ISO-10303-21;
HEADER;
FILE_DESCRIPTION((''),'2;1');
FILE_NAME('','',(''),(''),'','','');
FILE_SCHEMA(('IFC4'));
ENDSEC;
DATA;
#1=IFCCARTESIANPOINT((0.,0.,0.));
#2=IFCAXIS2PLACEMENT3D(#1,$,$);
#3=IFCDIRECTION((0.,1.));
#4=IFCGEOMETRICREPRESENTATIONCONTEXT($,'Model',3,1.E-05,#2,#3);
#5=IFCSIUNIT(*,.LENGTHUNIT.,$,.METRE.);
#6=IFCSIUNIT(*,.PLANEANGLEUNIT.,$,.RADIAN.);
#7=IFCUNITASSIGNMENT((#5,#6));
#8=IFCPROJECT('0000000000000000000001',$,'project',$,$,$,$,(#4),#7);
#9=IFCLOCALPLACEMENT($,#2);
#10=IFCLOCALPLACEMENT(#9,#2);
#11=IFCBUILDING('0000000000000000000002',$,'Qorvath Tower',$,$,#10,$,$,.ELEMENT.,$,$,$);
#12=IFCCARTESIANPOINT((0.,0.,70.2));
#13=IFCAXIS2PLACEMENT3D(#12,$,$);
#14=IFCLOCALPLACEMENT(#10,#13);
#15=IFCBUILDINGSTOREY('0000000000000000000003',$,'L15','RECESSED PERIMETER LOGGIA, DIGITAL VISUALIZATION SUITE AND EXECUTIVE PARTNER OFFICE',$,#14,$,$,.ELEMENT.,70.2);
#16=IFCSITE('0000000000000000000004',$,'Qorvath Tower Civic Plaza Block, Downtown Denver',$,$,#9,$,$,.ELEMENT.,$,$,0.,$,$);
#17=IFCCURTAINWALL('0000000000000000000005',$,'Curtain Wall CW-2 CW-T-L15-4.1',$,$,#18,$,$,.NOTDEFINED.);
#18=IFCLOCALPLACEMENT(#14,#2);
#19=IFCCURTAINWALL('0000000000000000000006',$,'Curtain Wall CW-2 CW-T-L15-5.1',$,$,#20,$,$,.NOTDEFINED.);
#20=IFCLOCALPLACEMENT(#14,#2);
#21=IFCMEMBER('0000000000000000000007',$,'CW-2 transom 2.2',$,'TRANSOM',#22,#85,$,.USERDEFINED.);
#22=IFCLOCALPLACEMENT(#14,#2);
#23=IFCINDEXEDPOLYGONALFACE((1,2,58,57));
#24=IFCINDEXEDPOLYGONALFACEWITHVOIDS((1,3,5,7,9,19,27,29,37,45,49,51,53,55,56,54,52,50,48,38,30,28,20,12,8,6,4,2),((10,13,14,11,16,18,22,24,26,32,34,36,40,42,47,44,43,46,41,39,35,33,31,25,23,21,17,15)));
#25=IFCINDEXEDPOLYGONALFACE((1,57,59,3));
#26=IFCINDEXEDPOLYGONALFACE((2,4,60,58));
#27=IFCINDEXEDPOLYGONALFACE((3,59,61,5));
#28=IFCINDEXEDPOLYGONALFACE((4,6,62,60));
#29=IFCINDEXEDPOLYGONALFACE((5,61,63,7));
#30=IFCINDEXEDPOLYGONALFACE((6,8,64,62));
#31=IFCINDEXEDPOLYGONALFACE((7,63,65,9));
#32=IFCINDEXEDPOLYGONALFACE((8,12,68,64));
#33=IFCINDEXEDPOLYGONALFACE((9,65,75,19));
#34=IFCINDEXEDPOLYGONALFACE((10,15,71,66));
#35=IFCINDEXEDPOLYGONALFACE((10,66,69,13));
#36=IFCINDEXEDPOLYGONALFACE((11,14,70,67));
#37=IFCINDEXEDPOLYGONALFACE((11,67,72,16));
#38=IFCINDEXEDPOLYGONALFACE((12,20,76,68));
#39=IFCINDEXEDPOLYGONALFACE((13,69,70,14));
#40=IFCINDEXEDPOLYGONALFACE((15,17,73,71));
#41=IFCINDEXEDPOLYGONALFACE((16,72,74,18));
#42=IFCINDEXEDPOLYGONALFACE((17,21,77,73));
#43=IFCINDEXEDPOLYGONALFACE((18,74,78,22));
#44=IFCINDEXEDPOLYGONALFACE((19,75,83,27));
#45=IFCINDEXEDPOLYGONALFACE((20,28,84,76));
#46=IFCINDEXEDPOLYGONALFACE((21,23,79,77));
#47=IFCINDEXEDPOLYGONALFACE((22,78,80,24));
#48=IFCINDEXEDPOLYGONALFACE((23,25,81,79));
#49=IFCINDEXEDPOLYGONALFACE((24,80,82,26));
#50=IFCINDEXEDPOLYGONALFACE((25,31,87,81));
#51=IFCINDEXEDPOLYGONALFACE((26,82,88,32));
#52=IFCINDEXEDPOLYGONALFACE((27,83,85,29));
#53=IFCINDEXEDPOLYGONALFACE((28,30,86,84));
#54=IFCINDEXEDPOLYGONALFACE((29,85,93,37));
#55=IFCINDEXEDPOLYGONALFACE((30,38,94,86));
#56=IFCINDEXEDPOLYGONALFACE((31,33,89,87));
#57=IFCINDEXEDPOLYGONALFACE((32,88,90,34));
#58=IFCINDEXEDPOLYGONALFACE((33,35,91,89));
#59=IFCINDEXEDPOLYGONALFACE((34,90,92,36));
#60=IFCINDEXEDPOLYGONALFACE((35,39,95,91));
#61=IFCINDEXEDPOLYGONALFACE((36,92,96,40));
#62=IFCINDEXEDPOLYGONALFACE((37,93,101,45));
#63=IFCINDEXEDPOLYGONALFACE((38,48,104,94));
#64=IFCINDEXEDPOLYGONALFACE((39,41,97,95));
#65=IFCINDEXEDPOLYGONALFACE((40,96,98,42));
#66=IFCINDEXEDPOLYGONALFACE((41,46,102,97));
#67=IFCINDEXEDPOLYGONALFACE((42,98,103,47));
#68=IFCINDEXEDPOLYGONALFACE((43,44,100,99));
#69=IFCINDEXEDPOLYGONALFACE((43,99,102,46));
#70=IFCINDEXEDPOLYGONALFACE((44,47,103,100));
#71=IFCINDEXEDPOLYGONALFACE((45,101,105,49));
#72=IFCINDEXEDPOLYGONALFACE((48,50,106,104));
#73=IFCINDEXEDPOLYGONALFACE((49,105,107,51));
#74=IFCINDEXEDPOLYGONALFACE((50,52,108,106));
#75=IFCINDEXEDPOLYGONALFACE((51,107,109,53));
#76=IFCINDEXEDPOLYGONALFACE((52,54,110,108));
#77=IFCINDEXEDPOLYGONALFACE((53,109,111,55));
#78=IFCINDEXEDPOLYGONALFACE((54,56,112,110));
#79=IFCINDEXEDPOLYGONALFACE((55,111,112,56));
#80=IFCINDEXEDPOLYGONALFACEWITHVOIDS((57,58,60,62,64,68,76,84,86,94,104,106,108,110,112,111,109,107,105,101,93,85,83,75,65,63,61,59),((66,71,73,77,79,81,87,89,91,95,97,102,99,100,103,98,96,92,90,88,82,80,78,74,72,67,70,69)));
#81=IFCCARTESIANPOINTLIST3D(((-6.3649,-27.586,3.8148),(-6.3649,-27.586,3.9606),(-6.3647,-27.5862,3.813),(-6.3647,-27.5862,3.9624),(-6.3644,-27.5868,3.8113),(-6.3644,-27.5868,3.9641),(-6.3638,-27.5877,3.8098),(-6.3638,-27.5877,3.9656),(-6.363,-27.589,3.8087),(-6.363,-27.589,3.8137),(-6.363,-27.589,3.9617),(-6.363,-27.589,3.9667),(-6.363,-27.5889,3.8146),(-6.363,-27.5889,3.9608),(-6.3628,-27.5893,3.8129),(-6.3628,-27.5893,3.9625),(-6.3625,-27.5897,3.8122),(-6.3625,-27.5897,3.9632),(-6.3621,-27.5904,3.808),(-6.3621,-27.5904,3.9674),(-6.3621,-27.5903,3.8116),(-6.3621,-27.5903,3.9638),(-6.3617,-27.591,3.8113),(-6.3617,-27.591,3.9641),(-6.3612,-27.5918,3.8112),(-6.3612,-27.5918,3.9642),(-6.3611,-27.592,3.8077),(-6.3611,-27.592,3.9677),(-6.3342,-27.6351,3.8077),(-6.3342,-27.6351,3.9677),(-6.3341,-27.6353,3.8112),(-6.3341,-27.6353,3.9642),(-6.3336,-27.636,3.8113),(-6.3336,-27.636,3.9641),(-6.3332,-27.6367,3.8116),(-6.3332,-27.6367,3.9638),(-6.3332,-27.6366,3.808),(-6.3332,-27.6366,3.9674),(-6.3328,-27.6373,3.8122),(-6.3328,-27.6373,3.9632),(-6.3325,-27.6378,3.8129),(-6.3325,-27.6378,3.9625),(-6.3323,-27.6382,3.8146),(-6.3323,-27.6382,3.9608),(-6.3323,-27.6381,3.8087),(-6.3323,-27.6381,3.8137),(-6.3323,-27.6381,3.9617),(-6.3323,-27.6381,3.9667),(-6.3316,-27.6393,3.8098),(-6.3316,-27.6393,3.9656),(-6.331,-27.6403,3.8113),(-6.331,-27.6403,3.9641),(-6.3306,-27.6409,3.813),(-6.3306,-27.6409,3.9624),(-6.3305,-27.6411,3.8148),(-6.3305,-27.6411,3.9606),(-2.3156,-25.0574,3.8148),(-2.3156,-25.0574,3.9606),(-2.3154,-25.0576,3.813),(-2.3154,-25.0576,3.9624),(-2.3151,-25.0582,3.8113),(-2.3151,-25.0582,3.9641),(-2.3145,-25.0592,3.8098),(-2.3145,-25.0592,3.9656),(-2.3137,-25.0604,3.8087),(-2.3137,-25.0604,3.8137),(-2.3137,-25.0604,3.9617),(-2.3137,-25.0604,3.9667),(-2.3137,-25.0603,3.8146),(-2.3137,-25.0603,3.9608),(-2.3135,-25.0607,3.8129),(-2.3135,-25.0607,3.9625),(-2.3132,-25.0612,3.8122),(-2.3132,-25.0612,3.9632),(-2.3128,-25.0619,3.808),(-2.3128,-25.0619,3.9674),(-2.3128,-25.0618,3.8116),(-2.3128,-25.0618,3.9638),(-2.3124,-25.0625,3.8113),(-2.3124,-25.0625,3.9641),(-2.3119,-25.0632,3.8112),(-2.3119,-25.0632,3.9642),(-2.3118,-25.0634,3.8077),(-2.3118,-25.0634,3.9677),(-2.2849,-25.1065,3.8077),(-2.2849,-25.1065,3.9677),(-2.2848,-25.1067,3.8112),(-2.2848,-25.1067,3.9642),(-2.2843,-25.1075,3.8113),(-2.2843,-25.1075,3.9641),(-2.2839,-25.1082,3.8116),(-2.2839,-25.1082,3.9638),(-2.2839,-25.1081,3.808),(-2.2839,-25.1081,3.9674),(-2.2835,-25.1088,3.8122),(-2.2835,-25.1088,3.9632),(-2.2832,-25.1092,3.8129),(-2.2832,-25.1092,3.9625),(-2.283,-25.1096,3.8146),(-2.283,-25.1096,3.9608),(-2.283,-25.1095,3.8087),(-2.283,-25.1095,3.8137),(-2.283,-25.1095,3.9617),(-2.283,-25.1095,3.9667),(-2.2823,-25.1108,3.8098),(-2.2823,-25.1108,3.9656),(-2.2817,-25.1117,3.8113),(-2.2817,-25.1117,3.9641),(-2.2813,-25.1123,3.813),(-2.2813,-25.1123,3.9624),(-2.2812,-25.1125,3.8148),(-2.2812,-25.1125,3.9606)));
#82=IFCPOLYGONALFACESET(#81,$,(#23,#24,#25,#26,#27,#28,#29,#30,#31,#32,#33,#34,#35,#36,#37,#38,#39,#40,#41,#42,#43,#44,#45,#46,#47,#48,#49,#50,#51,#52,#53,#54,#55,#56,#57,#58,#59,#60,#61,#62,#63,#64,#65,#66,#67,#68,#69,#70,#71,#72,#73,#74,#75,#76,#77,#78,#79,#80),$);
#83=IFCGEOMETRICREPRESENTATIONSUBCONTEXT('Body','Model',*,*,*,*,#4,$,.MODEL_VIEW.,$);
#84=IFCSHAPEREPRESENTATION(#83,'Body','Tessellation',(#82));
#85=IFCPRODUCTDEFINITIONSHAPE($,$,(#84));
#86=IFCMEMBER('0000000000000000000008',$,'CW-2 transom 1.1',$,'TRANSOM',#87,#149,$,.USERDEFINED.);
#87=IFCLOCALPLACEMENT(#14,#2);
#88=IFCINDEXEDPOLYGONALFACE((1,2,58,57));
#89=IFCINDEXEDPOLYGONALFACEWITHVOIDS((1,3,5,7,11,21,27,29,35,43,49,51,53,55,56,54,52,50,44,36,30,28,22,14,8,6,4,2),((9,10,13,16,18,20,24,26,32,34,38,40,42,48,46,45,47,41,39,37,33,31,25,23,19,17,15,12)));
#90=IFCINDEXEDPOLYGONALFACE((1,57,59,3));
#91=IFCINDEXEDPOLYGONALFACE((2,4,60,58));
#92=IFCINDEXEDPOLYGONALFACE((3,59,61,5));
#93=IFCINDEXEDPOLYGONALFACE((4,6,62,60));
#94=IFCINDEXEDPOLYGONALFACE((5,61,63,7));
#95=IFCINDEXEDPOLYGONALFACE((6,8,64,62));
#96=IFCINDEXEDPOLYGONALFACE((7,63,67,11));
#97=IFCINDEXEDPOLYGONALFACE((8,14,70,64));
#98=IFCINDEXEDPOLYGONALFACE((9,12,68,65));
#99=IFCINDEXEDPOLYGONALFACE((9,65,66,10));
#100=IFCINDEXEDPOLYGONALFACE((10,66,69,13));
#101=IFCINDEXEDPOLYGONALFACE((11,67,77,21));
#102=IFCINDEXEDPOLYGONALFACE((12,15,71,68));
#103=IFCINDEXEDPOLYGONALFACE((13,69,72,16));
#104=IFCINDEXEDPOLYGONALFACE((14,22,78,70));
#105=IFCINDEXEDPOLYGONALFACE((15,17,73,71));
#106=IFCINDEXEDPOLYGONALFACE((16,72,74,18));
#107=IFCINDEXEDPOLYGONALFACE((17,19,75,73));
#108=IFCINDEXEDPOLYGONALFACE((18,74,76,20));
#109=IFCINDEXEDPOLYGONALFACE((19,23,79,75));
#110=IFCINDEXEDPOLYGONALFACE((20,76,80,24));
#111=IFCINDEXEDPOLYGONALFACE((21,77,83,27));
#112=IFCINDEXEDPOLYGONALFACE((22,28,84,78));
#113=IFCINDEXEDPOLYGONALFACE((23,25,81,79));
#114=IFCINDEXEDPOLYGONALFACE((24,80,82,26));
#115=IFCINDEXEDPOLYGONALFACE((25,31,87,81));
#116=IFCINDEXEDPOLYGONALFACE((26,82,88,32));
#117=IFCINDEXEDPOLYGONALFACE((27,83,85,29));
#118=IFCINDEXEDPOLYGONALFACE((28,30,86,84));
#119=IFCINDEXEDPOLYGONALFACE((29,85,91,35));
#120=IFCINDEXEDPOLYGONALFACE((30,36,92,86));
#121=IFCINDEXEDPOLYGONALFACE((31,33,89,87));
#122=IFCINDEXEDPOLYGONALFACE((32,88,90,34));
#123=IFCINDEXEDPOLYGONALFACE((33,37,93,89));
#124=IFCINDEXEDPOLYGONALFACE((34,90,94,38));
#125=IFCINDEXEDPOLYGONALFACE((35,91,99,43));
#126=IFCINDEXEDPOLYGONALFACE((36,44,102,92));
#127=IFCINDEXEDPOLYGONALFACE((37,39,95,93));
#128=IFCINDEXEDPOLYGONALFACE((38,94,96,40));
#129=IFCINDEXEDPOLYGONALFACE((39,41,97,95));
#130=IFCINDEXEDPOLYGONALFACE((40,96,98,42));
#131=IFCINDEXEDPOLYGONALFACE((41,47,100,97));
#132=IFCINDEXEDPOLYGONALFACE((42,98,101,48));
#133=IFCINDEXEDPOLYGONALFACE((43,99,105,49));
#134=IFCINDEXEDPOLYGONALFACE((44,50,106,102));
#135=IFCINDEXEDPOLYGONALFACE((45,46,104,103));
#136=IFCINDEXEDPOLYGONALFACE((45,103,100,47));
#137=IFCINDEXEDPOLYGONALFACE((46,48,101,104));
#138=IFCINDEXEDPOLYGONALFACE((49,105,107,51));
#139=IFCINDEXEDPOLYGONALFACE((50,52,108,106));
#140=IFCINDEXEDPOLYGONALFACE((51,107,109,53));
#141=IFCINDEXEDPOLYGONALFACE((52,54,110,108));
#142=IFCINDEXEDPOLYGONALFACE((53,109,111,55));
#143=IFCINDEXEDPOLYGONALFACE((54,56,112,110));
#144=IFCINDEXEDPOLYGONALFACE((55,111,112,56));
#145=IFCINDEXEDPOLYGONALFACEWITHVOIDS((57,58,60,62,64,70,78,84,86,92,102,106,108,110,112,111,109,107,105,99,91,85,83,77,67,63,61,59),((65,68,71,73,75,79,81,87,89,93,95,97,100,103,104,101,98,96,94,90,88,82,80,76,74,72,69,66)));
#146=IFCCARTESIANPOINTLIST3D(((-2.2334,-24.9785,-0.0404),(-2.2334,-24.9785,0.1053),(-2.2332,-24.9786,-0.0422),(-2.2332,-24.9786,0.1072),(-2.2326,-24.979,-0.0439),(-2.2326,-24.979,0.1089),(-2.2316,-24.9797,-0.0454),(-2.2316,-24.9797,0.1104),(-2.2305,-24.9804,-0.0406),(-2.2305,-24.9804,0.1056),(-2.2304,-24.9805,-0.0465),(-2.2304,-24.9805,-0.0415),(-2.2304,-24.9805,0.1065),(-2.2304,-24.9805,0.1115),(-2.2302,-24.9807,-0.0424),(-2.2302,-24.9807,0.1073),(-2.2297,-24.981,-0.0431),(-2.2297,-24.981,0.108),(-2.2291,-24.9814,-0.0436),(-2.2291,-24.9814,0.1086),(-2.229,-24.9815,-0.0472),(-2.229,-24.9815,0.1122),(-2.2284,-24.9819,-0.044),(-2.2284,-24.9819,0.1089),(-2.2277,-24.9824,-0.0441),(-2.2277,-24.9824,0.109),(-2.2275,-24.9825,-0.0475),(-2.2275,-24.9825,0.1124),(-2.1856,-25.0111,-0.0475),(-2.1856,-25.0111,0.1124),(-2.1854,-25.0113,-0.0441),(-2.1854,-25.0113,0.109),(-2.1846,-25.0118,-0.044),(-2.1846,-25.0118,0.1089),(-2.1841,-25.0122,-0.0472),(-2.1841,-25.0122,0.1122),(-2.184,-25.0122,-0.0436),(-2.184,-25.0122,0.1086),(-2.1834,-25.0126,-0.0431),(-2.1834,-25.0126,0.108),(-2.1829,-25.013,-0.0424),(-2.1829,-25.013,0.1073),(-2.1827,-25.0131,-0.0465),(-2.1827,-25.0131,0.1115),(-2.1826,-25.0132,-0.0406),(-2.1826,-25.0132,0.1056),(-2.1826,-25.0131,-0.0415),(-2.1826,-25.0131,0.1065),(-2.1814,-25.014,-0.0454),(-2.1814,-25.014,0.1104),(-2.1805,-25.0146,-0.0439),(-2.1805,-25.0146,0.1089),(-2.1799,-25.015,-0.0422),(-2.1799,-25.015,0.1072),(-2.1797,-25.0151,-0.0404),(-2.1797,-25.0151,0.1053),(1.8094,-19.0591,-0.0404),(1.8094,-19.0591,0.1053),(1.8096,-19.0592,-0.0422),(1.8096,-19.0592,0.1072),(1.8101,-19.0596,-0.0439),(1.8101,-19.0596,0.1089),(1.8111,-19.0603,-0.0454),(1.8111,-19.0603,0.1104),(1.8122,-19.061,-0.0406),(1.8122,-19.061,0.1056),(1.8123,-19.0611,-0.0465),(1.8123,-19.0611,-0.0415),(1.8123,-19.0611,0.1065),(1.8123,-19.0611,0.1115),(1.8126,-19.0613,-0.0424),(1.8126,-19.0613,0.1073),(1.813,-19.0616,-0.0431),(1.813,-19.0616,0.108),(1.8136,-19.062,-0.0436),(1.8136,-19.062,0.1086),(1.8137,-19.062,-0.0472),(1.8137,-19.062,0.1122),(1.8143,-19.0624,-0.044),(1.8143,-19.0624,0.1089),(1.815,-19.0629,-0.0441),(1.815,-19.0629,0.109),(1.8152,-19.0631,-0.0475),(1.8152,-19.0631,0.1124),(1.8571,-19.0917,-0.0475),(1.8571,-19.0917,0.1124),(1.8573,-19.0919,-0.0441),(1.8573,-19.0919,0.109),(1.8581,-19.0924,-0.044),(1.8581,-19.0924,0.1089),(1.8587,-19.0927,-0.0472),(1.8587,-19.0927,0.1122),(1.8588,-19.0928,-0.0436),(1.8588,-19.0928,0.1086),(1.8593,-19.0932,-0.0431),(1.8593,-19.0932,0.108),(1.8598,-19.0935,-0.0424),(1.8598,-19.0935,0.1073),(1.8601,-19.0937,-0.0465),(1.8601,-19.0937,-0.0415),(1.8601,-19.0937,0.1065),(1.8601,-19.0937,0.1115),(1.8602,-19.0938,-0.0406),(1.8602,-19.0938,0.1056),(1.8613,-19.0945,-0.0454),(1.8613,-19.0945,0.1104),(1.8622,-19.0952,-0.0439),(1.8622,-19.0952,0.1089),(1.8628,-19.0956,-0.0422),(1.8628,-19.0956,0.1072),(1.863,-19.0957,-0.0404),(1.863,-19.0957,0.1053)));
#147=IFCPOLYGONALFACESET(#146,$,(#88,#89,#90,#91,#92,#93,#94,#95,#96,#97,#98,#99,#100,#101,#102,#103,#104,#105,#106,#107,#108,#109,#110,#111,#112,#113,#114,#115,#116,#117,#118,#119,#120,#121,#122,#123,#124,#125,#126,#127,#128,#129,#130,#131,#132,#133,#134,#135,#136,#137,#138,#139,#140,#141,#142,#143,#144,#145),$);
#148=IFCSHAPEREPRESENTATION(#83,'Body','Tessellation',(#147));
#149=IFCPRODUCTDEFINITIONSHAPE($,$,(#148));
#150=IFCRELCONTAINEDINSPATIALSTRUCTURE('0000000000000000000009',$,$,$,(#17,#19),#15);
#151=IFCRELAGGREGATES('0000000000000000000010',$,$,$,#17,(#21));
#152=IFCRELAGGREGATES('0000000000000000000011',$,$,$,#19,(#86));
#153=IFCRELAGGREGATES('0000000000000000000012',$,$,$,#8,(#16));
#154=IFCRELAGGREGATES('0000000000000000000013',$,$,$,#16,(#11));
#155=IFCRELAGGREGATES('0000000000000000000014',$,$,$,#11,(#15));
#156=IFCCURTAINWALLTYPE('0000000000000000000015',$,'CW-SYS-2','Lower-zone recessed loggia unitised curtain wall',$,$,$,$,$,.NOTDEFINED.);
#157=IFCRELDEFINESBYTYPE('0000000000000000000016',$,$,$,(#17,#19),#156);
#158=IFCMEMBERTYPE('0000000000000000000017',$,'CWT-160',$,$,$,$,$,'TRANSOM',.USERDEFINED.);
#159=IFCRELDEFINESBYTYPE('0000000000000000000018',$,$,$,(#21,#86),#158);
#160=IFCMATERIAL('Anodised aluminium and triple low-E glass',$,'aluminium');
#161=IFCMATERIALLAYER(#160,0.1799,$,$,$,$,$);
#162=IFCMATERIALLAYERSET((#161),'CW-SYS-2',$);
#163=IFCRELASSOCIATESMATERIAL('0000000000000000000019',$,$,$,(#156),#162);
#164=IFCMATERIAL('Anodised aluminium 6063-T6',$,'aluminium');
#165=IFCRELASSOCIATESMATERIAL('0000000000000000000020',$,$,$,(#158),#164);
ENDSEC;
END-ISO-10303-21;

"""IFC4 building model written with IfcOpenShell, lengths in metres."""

from ifc_helpers import new_model, si_unit, direction, frame, origin, origin_2d, place, context, subcontext, project, spatial, hollow_rectangle, extrude, material, layer, layer_set, material_profile, profile_set, type_object, element, aggregate, save


model = new_model("IFC4")

# Units and contexts
model_context = context("Model", 3, precision=1e-05, world=origin(), true_north=direction((0.0, 1.0)))
body_context = subcontext(model_context, "Body", "Model", "MODEL_VIEW")
ifc_project = project(units=[si_unit("LENGTHUNIT", "METRE"), si_unit("PLANEANGLEUNIT", "RADIAN")], contexts=[model_context])

# Site, building, storey
site_placement = place(None, origin())
site = spatial("IfcSite", under=ifc_project, at=site_placement, Name="Qorvath Tower Civic Plaza Block, Downtown Denver", CompositionType="ELEMENT", RefElevation=0.0)
building_placement = place(site_placement, origin())
building = spatial("IfcBuilding", under=site, at=building_placement, Name="Qorvath Tower", CompositionType="ELEMENT")
storey_placement = place(building_placement, frame((0.0, 0.0, 70.2)))
storey = spatial("IfcBuildingStorey", under=building, at=storey_placement, Name="L15", Description="RECESSED PERIMETER LOGGIA, DIGITAL VISUALIZATION SUITE AND EXECUTIVE PARTNER OFFICE", CompositionType="ELEMENT", Elevation=70.2)

# Shared definitions
ifc_material_1 = material(Name="Anodised aluminium and triple low-E glass", Category="aluminium")
ifc_layer_1 = layer(ifc_material_1, 0.1799)
ifc_layer_set_1 = layer_set([ifc_layer_1], Name="CW-SYS-2")
curtain_wall_type = type_object("IfcCurtainWallType", Name="CW-SYS-2", Description="Lower-zone recessed loggia unitised curtain wall", PredefinedType="NOTDEFINED", material=ifc_layer_set_1)

# Curtain walls
curtain_wall_1_placement = place(storey_placement, origin())
curtain_wall_1 = element("IfcCurtainWall", 1, at=curtain_wall_1_placement, inside=storey, type_object=curtain_wall_type, Name="Curtain Wall CW-2 CW-T-L15-4.1", PredefinedType="NOTDEFINED")
curtain_wall_2_placement = place(storey_placement, origin())
curtain_wall_2 = element("IfcCurtainWall", 2, at=curtain_wall_2_placement, inside=storey, type_object=curtain_wall_type, Name="Curtain Wall CW-2 CW-T-L15-5.1", PredefinedType="NOTDEFINED")

# Members
ifc_material_2 = material(Name="Anodised aluminium 6063-T6", Category="aluminium")
ifc_material_profile_1 = material_profile(ifc_material_2, hollow_rectangle(XDim=0.0649, YDim=0.1599, WallThickness=0.0034, InnerFilletRadius=0.0034, OuterFilletRadius=0.0071, at=origin_2d()), Name="CWT 160x65")
ifc_profile_set_1 = profile_set([ifc_material_profile_1], Name="Anodised aluminium 6063-T6")
member_type_1 = type_object("IfcMemberType", Name="CWT-160", ElementType="TRANSOM", PredefinedType="USERDEFINED", material=ifc_profile_set_1)
member_1_placement = place(storey_placement, frame((-6.3477, -27.6135, 3.8877), z_axis=(0.848211, 0.529659, 0.0), x_axis=(-0.529659, 0.848211, 0.0)))
member_1 = element("IfcMember", 3, at=member_1_placement, type_object=member_type_1, Name="CW-2 transom 2.2", ObjectType="TRANSOM", PredefinedType="USERDEFINED", context=body_context, shape_type="SweptSolid", body=[
    extrude(hollow_rectangle(XDim=0.0649, YDim=0.1599, WallThickness=0.0034, InnerFilletRadius=0.0034, OuterFilletRadius=0.0071, at=origin_2d()), origin(), (0.0, 0.0, 1.0), 4.7739),
])
member_2_placement = place(storey_placement, frame((-2.2065, -24.9968, 0.0325), z_axis=(0.563979, 0.825789, 0.0), x_axis=(-0.825789, 0.563979, 0.0)))
member_2 = element("IfcMember", 4, at=member_2_placement, type_object=member_type_1, Name="CW-2 transom 1.1", ObjectType="TRANSOM", PredefinedType="USERDEFINED", context=body_context, shape_type="SweptSolid", body=[
    extrude(hollow_rectangle(XDim=0.0649, YDim=0.1599, WallThickness=0.0034, InnerFilletRadius=0.0034, OuterFilletRadius=0.0071, at=origin_2d()), origin(), (0.0, 0.0, 1.0), 7.1682),
])

aggregate(curtain_wall_1, [member_1])
aggregate(curtain_wall_2, [member_2])

save(model, "model.ifc")
